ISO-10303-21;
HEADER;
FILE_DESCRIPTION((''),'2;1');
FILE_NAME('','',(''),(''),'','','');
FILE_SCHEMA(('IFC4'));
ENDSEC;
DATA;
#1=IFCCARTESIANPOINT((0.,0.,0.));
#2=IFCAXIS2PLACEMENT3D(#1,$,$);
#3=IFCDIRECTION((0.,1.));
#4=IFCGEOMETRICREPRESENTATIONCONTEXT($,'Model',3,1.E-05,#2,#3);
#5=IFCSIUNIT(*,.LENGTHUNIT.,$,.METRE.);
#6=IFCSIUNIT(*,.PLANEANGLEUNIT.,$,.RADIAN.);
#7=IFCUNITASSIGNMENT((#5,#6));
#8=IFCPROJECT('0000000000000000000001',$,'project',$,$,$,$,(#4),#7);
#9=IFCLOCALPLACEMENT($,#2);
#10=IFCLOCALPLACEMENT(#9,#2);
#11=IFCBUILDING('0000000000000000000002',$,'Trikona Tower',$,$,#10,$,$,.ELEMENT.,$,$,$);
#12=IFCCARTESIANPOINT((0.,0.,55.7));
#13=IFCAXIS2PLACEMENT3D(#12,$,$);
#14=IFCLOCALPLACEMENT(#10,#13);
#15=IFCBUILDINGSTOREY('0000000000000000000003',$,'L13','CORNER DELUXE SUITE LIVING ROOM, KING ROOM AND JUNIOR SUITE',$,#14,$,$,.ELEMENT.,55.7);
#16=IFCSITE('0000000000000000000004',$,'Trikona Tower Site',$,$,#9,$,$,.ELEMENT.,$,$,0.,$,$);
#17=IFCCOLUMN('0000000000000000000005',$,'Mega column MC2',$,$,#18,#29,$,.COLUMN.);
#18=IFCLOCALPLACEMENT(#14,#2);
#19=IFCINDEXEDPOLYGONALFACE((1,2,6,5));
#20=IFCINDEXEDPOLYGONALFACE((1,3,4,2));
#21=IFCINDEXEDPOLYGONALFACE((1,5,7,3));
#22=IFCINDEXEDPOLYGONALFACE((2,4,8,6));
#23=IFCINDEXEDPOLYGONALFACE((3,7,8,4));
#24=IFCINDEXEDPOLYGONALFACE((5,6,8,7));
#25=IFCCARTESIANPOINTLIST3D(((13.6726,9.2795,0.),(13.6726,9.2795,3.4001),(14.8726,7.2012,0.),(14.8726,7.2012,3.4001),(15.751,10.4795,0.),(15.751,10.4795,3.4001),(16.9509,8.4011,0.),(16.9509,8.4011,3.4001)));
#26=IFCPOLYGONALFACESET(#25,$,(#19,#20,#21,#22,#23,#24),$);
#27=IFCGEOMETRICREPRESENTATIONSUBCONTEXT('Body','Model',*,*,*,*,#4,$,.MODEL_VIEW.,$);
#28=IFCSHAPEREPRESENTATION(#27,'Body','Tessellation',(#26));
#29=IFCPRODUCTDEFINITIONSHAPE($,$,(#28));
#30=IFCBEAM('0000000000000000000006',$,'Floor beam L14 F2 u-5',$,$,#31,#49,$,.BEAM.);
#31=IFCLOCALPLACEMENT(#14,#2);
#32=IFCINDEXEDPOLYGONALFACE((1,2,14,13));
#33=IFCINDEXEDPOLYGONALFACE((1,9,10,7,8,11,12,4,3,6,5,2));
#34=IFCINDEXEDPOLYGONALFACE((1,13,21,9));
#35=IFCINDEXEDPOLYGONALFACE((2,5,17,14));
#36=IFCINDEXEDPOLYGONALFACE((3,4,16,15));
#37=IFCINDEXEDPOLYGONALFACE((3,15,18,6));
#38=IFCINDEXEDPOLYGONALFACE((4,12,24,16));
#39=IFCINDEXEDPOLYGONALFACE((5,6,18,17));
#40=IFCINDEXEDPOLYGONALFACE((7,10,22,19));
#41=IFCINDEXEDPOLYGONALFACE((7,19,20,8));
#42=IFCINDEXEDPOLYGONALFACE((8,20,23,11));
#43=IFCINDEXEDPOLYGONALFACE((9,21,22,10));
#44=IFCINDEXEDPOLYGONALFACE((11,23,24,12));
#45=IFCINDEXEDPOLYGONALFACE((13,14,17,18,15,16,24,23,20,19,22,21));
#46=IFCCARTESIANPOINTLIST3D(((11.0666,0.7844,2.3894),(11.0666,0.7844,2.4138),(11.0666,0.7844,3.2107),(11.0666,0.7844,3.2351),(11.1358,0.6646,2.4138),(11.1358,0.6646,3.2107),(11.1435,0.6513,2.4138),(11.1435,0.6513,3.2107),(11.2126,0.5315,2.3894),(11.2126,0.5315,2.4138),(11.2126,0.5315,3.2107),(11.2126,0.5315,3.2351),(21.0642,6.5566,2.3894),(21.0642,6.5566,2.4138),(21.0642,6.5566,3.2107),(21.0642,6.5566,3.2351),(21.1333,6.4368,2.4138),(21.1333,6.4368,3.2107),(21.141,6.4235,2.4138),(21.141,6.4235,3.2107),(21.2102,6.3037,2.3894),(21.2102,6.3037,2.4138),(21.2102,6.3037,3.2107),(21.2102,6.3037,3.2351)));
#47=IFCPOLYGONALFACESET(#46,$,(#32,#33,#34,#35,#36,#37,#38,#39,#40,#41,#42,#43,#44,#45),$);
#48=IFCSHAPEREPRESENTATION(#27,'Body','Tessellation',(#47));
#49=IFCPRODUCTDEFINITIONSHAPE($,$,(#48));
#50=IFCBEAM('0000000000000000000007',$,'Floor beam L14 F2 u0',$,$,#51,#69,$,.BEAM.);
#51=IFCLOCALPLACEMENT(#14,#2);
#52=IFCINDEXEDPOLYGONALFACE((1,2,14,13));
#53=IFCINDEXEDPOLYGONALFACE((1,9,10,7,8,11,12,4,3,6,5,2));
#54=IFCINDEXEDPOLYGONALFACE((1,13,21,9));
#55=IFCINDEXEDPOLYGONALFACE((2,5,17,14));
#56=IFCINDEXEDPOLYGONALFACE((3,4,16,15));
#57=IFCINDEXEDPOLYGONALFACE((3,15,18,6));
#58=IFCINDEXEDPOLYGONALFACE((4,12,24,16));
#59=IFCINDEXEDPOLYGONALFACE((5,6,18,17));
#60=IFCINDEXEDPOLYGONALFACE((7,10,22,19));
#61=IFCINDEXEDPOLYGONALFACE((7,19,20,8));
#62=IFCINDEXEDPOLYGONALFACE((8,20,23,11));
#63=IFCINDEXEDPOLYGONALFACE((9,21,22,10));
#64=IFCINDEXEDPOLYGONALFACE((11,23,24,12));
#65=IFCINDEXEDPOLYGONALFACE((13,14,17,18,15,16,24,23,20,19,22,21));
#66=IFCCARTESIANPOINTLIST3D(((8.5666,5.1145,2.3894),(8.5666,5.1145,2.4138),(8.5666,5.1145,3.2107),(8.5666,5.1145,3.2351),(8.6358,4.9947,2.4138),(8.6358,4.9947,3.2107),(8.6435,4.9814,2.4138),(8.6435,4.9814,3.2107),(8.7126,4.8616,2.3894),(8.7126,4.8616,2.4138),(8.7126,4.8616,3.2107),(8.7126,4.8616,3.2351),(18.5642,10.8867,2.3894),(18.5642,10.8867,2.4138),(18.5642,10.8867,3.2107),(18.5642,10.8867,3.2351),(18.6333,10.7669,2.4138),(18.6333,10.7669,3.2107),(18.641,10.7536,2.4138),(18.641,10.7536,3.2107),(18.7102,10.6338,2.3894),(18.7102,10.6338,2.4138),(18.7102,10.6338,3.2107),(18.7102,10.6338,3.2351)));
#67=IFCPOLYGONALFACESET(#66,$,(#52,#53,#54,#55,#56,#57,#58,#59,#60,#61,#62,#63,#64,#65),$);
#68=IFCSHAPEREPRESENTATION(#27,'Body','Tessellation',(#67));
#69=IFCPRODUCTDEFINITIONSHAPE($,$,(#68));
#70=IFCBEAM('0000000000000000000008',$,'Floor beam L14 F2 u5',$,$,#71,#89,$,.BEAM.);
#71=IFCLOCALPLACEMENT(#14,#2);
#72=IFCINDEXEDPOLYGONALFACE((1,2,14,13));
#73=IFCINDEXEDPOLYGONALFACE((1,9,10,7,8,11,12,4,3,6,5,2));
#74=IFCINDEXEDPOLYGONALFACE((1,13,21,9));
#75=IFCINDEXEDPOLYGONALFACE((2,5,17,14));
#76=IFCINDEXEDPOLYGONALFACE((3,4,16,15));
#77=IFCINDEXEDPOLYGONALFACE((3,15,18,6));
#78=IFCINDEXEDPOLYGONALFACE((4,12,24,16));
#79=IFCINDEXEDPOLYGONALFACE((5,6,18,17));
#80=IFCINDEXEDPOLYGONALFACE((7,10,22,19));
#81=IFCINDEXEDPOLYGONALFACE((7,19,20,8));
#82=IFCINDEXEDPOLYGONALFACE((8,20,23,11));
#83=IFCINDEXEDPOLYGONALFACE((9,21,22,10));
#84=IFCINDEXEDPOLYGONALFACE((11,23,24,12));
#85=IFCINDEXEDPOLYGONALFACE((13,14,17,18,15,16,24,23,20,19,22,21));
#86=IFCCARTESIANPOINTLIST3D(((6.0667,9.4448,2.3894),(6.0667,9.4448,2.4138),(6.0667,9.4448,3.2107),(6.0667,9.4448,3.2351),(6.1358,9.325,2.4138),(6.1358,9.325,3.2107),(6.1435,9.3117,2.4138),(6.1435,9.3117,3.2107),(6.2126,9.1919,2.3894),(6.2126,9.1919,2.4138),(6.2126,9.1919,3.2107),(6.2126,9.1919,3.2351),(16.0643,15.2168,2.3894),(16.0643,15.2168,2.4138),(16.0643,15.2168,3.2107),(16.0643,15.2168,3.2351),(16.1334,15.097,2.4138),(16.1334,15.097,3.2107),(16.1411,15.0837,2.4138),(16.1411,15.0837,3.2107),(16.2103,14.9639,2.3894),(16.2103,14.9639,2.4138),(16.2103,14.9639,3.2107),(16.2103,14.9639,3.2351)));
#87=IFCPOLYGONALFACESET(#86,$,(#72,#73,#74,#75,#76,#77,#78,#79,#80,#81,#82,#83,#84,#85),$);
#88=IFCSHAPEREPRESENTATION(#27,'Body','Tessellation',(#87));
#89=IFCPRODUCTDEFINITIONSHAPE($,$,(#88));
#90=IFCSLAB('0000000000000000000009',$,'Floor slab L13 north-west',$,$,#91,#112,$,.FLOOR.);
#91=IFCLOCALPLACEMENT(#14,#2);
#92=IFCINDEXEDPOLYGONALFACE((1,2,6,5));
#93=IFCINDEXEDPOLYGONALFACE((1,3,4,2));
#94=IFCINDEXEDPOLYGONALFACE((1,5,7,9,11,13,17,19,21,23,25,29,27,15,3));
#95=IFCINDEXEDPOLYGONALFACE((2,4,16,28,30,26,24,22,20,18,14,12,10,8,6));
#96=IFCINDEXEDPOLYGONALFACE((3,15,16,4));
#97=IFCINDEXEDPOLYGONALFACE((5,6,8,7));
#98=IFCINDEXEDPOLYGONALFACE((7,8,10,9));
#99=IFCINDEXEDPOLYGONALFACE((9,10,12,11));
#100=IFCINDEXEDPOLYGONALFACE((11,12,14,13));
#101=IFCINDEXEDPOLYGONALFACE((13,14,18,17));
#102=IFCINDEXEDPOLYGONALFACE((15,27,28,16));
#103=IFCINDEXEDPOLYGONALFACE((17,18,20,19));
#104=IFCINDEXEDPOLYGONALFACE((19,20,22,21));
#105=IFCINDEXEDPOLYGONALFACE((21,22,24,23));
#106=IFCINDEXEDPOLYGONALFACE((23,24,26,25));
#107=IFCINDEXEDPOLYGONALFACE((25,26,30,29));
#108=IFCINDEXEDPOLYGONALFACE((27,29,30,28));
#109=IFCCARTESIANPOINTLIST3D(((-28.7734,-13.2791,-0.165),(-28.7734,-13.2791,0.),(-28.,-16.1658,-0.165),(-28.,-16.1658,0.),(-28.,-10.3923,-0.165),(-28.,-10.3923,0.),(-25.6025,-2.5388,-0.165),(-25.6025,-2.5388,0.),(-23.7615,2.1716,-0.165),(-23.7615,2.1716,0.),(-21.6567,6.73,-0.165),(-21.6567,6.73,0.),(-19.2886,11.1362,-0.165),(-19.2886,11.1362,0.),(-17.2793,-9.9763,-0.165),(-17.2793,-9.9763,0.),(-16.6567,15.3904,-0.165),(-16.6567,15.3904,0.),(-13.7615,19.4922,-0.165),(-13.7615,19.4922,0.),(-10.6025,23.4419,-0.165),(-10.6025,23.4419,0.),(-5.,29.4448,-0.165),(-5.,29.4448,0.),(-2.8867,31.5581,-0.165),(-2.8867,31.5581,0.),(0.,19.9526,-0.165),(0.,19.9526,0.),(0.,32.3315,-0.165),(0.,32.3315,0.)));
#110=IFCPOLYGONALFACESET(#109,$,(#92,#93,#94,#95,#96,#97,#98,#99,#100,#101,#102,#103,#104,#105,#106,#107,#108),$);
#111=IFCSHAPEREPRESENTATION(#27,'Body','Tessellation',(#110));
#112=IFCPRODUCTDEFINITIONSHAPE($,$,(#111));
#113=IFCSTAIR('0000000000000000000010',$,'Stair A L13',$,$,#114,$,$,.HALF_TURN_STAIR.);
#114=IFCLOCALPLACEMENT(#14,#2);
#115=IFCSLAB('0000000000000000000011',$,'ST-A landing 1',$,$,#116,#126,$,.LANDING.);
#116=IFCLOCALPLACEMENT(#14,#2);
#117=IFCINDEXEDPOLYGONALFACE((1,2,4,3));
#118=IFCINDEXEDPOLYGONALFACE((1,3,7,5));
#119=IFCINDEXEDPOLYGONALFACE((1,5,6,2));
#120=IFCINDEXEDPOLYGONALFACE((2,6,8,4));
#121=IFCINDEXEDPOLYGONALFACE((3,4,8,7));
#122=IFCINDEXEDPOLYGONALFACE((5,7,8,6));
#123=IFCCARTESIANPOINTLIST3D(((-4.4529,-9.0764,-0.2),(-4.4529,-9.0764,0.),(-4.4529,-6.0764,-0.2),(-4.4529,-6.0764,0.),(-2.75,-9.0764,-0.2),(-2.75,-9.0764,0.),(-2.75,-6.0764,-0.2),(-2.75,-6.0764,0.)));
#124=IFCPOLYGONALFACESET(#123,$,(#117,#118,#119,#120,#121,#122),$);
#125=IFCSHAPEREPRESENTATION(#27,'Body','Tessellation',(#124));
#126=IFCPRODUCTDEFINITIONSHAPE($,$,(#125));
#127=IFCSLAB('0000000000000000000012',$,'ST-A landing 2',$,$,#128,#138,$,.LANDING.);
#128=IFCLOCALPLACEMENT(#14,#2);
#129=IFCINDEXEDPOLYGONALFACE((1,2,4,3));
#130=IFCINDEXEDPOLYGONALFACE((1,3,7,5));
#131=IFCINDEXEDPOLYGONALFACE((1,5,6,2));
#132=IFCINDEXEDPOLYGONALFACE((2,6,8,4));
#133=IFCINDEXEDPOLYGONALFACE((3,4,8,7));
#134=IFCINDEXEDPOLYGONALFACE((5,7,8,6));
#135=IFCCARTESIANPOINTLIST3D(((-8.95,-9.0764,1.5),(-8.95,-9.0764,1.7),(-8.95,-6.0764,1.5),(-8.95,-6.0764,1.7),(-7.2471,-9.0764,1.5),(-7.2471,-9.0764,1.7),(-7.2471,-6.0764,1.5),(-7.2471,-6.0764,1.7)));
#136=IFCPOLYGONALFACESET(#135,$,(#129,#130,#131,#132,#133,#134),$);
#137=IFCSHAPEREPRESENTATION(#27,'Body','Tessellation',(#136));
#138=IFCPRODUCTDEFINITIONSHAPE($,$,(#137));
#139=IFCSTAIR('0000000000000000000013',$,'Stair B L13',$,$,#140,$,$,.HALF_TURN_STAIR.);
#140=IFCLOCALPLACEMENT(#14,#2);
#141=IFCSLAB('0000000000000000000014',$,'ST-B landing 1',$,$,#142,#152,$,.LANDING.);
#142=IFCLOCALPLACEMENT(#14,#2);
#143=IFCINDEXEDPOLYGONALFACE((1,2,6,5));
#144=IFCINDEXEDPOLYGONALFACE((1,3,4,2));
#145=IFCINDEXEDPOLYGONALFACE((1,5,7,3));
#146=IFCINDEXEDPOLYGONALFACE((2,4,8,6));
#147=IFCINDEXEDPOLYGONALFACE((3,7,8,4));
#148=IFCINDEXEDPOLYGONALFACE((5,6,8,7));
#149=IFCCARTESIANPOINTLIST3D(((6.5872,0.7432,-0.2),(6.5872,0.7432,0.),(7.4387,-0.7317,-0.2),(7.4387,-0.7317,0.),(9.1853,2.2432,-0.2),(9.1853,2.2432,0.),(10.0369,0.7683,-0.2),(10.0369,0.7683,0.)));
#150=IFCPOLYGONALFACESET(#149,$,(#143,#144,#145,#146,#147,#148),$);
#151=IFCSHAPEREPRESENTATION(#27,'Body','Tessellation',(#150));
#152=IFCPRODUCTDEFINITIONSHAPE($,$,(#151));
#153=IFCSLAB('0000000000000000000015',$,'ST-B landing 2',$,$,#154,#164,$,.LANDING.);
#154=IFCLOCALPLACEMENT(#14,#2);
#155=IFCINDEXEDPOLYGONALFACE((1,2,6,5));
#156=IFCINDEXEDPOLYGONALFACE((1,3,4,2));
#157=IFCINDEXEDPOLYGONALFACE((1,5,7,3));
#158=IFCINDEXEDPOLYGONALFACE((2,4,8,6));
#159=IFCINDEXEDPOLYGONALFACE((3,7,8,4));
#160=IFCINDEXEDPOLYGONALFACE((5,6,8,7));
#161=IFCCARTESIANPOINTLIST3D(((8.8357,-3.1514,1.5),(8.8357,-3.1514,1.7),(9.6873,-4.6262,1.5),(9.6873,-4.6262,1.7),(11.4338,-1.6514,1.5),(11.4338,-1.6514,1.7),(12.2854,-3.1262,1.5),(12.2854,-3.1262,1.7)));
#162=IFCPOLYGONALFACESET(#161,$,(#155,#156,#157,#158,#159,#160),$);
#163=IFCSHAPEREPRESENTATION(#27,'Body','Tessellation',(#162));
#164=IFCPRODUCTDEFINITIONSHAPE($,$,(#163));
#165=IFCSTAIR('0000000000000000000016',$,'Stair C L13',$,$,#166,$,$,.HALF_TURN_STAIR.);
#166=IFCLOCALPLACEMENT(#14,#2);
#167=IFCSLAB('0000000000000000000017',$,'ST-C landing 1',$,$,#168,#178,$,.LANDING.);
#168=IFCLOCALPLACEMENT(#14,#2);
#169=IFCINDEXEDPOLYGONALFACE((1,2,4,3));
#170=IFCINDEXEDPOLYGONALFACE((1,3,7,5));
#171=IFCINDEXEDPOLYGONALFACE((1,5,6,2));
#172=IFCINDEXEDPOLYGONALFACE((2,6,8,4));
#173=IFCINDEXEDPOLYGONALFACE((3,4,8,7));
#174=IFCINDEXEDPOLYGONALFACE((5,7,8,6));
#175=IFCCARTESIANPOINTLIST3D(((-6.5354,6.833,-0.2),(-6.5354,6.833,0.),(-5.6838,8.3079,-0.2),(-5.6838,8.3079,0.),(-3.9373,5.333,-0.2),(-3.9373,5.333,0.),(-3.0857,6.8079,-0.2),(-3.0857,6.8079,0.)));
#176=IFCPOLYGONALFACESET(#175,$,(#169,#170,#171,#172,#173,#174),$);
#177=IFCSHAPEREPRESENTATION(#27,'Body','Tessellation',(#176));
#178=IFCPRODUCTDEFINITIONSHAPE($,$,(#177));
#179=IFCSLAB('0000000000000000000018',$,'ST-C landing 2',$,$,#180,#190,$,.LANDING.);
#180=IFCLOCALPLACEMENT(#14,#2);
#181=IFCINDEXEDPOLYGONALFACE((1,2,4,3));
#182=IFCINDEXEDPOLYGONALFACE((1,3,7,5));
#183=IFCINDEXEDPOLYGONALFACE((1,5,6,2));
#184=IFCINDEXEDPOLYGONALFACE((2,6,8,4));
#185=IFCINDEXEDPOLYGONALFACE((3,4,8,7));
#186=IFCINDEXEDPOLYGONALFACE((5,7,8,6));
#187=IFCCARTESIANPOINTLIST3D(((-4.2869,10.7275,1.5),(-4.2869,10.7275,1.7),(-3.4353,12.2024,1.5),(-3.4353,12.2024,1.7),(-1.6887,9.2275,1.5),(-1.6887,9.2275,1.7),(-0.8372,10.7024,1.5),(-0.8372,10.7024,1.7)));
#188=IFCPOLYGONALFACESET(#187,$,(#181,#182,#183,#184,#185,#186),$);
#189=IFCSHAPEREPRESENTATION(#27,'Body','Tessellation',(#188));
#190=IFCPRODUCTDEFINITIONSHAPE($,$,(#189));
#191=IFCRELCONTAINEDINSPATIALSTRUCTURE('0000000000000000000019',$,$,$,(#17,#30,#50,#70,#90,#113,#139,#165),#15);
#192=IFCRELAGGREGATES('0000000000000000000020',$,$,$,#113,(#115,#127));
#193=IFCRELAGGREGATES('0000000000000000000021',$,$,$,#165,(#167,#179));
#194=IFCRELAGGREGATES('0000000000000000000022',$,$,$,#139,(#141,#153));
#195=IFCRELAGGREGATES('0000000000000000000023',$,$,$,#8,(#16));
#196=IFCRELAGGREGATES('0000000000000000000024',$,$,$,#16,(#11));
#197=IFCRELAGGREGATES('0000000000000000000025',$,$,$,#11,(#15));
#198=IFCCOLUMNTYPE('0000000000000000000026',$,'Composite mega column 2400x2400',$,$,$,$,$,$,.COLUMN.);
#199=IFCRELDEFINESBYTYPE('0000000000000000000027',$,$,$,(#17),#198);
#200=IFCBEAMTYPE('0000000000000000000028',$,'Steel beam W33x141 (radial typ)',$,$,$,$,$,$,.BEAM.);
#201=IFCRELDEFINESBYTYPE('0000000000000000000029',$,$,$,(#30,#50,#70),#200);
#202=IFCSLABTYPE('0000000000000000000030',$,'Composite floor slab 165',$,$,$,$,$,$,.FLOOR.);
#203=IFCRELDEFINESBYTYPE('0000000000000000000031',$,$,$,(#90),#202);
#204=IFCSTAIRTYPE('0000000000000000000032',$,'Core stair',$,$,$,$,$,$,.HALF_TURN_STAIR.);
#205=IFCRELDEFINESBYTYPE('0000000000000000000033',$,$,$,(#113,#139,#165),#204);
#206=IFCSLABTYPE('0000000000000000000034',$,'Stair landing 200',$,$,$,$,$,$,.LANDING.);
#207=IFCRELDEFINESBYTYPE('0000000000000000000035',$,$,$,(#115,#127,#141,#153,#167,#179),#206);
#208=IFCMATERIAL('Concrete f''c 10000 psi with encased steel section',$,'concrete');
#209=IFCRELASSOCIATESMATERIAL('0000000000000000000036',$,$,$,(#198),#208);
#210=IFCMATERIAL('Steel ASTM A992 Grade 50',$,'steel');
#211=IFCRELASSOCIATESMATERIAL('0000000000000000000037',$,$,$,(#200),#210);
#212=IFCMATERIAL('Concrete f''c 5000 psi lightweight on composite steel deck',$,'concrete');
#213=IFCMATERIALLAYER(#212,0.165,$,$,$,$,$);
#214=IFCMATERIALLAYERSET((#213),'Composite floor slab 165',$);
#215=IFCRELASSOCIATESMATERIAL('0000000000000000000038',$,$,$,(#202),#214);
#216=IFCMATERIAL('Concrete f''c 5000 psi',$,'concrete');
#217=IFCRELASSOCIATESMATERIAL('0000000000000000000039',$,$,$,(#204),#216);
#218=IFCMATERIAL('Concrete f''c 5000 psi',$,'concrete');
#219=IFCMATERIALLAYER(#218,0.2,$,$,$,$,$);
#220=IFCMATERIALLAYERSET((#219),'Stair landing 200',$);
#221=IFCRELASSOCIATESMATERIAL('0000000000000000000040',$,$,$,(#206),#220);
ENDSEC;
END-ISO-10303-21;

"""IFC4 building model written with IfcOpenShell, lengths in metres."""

from ifc_helpers import new_model, si_unit, direction, frame, origin, origin_2d, place, context, subcontext, project, spatial, polyline, rectangle, i_section, outline, extrude, material, layer, layer_set, material_profile, profile_set, type_object, element, aggregate, save


model = new_model("IFC4")

# Units and contexts
model_context = context("Model", 3, precision=1e-05, world=origin(), true_north=direction((0.0, 1.0)))
body_context = subcontext(model_context, "Body", "Model", "MODEL_VIEW")
ifc_project = project(units=[si_unit("LENGTHUNIT", "METRE"), si_unit("PLANEANGLEUNIT", "RADIAN")], contexts=[model_context])

# Site, building, storey
site_placement = place(None, origin())
site = spatial("IfcSite", under=ifc_project, at=site_placement, Name="Trikona Tower Site", CompositionType="ELEMENT", RefElevation=0.0)
building_placement = place(site_placement, origin())
building = spatial("IfcBuilding", under=site, at=building_placement, Name="Trikona Tower", CompositionType="ELEMENT")
storey_placement = place(building_placement, frame((0.0, 0.0, 55.7)))
storey = spatial("IfcBuildingStorey", under=building, at=storey_placement, Name="L13", Description="CORNER DELUXE SUITE LIVING ROOM, KING ROOM AND JUNIOR SUITE", CompositionType="ELEMENT", Elevation=55.7)

# Column
ifc_material_1 = material(Name="Concrete f'c 10000 psi with encased steel section", Category="concrete")
ifc_material_profile_1 = material_profile(ifc_material_1, rectangle(XDim=2.3999, YDim=2.3999, at=origin_2d()), Name="MC2400")
ifc_profile_set_1 = profile_set([ifc_material_profile_1], Name="Concrete f'c 10000 psi with encased steel section")
column_type = type_object("IfcColumnType", Name="Composite mega column 2400x2400", PredefinedType="COLUMN", material=ifc_profile_set_1)
column_placement = place(storey_placement, frame((15.3118, 8.8403, 0.0), z_axis=(0.0, 0.0, 1.0), x_axis=(0.866025, 0.5, 0.0)))
element("IfcColumn", 1, at=column_placement, inside=storey, type_object=column_type, Name="Mega column MC2", PredefinedType="COLUMN", context=body_context, shape_type="SweptSolid", body=[
    extrude(rectangle(XDim=2.3999, YDim=2.3999, at=origin_2d()), origin(), (0.0, 0.0, 1.0), 3.4001),
])

# Beams
ifc_material_2 = material(Name="Steel ASTM A992 Grade 50", Category="steel")
ifc_material_profile_2 = material_profile(ifc_material_2, i_section(OverallWidth=0.292, OverallDepth=0.8457, WebThickness=0.0154, FlangeThickness=0.0244, at=origin_2d()), Name="W33X141")
ifc_profile_set_2 = profile_set([ifc_material_profile_2], Name="Steel ASTM A992 Grade 50")
beam_type = type_object("IfcBeamType", Name="Steel beam W33x141 (radial typ)", PredefinedType="BEAM", material=ifc_profile_set_2)
for number, where, z_axis, x_axis, name in (
    (2, (11.1396, 0.658, 2.8123), (0.866021, 0.500008, 0.0), (-0.500008, 0.866021, 0.0), "Floor beam L14 F2 u-5"),
    (3, (8.6396, 4.988, 2.8123), (0.866021, 0.500008, 0.0), (-0.500008, 0.866021, 0.0), "Floor beam L14 F2 u0"),
    (4, (6.1396, 9.3184, 2.8123), (0.86603, 0.499992, 0.0), (-0.499992, 0.86603, 0.0), "Floor beam L14 F2 u5"),
):
    element("IfcBeam", number, at=place(storey_placement, frame(where, z_axis=z_axis, x_axis=x_axis)), inside=storey, type_object=beam_type, Name=name, PredefinedType="BEAM", context=body_context, shape_type="SweptSolid", body=[
        extrude(i_section(OverallWidth=0.292, OverallDepth=0.8457, WebThickness=0.0154, FlangeThickness=0.0244, at=origin_2d()), origin(), (0.0, 0.0, 1.0), 11.5442),
    ])

# Slab
ifc_material_3 = material(Name="Concrete f'c 5000 psi lightweight on composite steel deck", Category="concrete")
ifc_layer_1 = layer(ifc_material_3, 0.165)
ifc_layer_set_1 = layer_set([ifc_layer_1], Name="Composite floor slab 165")
slab_type_1 = type_object("IfcSlabType", Name="Composite floor slab 165", PredefinedType="FLOOR", material=ifc_layer_set_1)
slab_1_placement = place(storey_placement, frame((0.0, 0.0, -0.165)))
element("IfcSlab", 5, at=slab_1_placement, inside=storey, type_object=slab_type_1, Name="Floor slab L13 north-west", PredefinedType="FLOOR", context=body_context, shape_type="SweptSolid", body=[
    extrude(outline(polyline([(0.0, 19.9526), (0.0, 32.3315), (-2.8867, 31.5581), (-5.0, 29.4448), (-10.6025, 23.4419), (-13.7615, 19.4922), (-16.6567, 15.3904), (-19.2886, 11.1362), (-21.6567, 6.73), (-23.7615, 2.1716), (-25.6025, -2.5388), (-28.0, -10.3923), (-28.7734, -13.2791), (-28.0, -16.1658), (-17.2793, -9.9763), (0.0, 19.9526)])), origin(), (0.0, 0.0, 1.0), 0.165),
])

# Stairs, slabs
ifc_material_4 = material(Name="Concrete f'c 5000 psi", Category="concrete")
stair_type = type_object("IfcStairType", Name="Core stair", PredefinedType="HALF_TURN_STAIR", material=ifc_material_4)
stair_1_placement = place(storey_placement, origin())
stair_1 = element("IfcStair", 6, at=stair_1_placement, inside=storey, type_object=stair_type, Name="Stair A L13", PredefinedType="HALF_TURN_STAIR")
ifc_material_5 = material(Name="Concrete f'c 5000 psi", Category="concrete")
ifc_layer_2 = layer(ifc_material_5, 0.2)
ifc_layer_set_2 = layer_set([ifc_layer_2], Name="Stair landing 200")
slab_type_2 = type_object("IfcSlabType", Name="Stair landing 200", PredefinedType="LANDING", material=ifc_layer_set_2)
slab_2_placement = place(storey_placement, frame((0.0, 0.0, -0.2)))
slab_2 = element("IfcSlab", 7, at=slab_2_placement, type_object=slab_type_2, Name="ST-A landing 1", PredefinedType="LANDING", context=body_context, shape_type="SweptSolid", body=[
    extrude(outline(polyline([(-4.4529, -6.0764), (-2.75, -6.0764), (-2.75, -9.0764), (-4.4529, -9.0764), (-4.4529, -6.0764)])), origin(), (0.0, 0.0, 1.0), 0.2),
])
slab_3_placement = place(storey_placement, frame((0.0, 0.0, 1.5)))
slab_3 = element("IfcSlab", 8, at=slab_3_placement, type_object=slab_type_2, Name="ST-A landing 2", PredefinedType="LANDING", context=body_context, shape_type="SweptSolid", body=[
    extrude(outline(polyline([(-8.95, -6.0764), (-7.2471, -6.0764), (-7.2471, -9.0764), (-8.95, -9.0764), (-8.95, -6.0764)])), origin(), (0.0, 0.0, 1.0), 0.2),
])
aggregate(stair_1, [slab_2, slab_3])
stair_2_placement = place(storey_placement, origin())
stair_2 = element("IfcStair", 9, at=stair_2_placement, inside=storey, type_object=stair_type, Name="Stair B L13", PredefinedType="HALF_TURN_STAIR")
slab_4_placement = place(storey_placement, frame((0.0, 0.0, -0.2)))
slab_4 = element("IfcSlab", 10, at=slab_4_placement, type_object=slab_type_2, Name="ST-B landing 1", PredefinedType="LANDING", context=body_context, shape_type="SweptSolid", body=[
    extrude(outline(polyline([(7.4387, -0.7317), (6.5872, 0.7432), (9.1853, 2.2432), (10.0369, 0.7683), (7.4387, -0.7317)])), origin(), (0.0, 0.0, 1.0), 0.2),
])
slab_5_placement = place(storey_placement, frame((0.0, 0.0, 1.5)))
slab_5 = element("IfcSlab", 11, at=slab_5_placement, type_object=slab_type_2, Name="ST-B landing 2", PredefinedType="LANDING", context=body_context, shape_type="SweptSolid", body=[
    extrude(outline(polyline([(9.6873, -4.6262), (8.8357, -3.1514), (11.4338, -1.6514), (12.2854, -3.1262), (9.6873, -4.6262)])), origin(), (0.0, 0.0, 1.0), 0.2),
])
stair_3_placement = place(storey_placement, origin())
stair_3 = element("IfcStair", 12, at=stair_3_placement, inside=storey, type_object=stair_type, Name="Stair C L13", PredefinedType="HALF_TURN_STAIR")
slab_6_placement = place(storey_placement, frame((0.0, 0.0, -0.2)))
slab_6 = element("IfcSlab", 13, at=slab_6_placement, type_object=slab_type_2, Name="ST-C landing 1", PredefinedType="LANDING", context=body_context, shape_type="SweptSolid", body=[
    extrude(outline(polyline([(-3.0857, 6.8079), (-3.9373, 5.333), (-6.5354, 6.833), (-5.6838, 8.3079), (-3.0857, 6.8079)])), origin(), (0.0, 0.0, 1.0), 0.2),
])
slab_7_placement = place(storey_placement, frame((0.0, 0.0, 1.5)))
slab_7 = element("IfcSlab", 14, at=slab_7_placement, type_object=slab_type_2, Name="ST-C landing 2", PredefinedType="LANDING", context=body_context, shape_type="SweptSolid", body=[
    extrude(outline(polyline([(-0.8372, 10.7024), (-1.6887, 9.2275), (-4.2869, 10.7275), (-3.4353, 12.2024), (-0.8372, 10.7024)])), origin(), (0.0, 0.0, 1.0), 0.2),
])
aggregate(stair_3, [slab_6, slab_7])

aggregate(stair_2, [slab_4, slab_5])

save(model, "model.ifc")
